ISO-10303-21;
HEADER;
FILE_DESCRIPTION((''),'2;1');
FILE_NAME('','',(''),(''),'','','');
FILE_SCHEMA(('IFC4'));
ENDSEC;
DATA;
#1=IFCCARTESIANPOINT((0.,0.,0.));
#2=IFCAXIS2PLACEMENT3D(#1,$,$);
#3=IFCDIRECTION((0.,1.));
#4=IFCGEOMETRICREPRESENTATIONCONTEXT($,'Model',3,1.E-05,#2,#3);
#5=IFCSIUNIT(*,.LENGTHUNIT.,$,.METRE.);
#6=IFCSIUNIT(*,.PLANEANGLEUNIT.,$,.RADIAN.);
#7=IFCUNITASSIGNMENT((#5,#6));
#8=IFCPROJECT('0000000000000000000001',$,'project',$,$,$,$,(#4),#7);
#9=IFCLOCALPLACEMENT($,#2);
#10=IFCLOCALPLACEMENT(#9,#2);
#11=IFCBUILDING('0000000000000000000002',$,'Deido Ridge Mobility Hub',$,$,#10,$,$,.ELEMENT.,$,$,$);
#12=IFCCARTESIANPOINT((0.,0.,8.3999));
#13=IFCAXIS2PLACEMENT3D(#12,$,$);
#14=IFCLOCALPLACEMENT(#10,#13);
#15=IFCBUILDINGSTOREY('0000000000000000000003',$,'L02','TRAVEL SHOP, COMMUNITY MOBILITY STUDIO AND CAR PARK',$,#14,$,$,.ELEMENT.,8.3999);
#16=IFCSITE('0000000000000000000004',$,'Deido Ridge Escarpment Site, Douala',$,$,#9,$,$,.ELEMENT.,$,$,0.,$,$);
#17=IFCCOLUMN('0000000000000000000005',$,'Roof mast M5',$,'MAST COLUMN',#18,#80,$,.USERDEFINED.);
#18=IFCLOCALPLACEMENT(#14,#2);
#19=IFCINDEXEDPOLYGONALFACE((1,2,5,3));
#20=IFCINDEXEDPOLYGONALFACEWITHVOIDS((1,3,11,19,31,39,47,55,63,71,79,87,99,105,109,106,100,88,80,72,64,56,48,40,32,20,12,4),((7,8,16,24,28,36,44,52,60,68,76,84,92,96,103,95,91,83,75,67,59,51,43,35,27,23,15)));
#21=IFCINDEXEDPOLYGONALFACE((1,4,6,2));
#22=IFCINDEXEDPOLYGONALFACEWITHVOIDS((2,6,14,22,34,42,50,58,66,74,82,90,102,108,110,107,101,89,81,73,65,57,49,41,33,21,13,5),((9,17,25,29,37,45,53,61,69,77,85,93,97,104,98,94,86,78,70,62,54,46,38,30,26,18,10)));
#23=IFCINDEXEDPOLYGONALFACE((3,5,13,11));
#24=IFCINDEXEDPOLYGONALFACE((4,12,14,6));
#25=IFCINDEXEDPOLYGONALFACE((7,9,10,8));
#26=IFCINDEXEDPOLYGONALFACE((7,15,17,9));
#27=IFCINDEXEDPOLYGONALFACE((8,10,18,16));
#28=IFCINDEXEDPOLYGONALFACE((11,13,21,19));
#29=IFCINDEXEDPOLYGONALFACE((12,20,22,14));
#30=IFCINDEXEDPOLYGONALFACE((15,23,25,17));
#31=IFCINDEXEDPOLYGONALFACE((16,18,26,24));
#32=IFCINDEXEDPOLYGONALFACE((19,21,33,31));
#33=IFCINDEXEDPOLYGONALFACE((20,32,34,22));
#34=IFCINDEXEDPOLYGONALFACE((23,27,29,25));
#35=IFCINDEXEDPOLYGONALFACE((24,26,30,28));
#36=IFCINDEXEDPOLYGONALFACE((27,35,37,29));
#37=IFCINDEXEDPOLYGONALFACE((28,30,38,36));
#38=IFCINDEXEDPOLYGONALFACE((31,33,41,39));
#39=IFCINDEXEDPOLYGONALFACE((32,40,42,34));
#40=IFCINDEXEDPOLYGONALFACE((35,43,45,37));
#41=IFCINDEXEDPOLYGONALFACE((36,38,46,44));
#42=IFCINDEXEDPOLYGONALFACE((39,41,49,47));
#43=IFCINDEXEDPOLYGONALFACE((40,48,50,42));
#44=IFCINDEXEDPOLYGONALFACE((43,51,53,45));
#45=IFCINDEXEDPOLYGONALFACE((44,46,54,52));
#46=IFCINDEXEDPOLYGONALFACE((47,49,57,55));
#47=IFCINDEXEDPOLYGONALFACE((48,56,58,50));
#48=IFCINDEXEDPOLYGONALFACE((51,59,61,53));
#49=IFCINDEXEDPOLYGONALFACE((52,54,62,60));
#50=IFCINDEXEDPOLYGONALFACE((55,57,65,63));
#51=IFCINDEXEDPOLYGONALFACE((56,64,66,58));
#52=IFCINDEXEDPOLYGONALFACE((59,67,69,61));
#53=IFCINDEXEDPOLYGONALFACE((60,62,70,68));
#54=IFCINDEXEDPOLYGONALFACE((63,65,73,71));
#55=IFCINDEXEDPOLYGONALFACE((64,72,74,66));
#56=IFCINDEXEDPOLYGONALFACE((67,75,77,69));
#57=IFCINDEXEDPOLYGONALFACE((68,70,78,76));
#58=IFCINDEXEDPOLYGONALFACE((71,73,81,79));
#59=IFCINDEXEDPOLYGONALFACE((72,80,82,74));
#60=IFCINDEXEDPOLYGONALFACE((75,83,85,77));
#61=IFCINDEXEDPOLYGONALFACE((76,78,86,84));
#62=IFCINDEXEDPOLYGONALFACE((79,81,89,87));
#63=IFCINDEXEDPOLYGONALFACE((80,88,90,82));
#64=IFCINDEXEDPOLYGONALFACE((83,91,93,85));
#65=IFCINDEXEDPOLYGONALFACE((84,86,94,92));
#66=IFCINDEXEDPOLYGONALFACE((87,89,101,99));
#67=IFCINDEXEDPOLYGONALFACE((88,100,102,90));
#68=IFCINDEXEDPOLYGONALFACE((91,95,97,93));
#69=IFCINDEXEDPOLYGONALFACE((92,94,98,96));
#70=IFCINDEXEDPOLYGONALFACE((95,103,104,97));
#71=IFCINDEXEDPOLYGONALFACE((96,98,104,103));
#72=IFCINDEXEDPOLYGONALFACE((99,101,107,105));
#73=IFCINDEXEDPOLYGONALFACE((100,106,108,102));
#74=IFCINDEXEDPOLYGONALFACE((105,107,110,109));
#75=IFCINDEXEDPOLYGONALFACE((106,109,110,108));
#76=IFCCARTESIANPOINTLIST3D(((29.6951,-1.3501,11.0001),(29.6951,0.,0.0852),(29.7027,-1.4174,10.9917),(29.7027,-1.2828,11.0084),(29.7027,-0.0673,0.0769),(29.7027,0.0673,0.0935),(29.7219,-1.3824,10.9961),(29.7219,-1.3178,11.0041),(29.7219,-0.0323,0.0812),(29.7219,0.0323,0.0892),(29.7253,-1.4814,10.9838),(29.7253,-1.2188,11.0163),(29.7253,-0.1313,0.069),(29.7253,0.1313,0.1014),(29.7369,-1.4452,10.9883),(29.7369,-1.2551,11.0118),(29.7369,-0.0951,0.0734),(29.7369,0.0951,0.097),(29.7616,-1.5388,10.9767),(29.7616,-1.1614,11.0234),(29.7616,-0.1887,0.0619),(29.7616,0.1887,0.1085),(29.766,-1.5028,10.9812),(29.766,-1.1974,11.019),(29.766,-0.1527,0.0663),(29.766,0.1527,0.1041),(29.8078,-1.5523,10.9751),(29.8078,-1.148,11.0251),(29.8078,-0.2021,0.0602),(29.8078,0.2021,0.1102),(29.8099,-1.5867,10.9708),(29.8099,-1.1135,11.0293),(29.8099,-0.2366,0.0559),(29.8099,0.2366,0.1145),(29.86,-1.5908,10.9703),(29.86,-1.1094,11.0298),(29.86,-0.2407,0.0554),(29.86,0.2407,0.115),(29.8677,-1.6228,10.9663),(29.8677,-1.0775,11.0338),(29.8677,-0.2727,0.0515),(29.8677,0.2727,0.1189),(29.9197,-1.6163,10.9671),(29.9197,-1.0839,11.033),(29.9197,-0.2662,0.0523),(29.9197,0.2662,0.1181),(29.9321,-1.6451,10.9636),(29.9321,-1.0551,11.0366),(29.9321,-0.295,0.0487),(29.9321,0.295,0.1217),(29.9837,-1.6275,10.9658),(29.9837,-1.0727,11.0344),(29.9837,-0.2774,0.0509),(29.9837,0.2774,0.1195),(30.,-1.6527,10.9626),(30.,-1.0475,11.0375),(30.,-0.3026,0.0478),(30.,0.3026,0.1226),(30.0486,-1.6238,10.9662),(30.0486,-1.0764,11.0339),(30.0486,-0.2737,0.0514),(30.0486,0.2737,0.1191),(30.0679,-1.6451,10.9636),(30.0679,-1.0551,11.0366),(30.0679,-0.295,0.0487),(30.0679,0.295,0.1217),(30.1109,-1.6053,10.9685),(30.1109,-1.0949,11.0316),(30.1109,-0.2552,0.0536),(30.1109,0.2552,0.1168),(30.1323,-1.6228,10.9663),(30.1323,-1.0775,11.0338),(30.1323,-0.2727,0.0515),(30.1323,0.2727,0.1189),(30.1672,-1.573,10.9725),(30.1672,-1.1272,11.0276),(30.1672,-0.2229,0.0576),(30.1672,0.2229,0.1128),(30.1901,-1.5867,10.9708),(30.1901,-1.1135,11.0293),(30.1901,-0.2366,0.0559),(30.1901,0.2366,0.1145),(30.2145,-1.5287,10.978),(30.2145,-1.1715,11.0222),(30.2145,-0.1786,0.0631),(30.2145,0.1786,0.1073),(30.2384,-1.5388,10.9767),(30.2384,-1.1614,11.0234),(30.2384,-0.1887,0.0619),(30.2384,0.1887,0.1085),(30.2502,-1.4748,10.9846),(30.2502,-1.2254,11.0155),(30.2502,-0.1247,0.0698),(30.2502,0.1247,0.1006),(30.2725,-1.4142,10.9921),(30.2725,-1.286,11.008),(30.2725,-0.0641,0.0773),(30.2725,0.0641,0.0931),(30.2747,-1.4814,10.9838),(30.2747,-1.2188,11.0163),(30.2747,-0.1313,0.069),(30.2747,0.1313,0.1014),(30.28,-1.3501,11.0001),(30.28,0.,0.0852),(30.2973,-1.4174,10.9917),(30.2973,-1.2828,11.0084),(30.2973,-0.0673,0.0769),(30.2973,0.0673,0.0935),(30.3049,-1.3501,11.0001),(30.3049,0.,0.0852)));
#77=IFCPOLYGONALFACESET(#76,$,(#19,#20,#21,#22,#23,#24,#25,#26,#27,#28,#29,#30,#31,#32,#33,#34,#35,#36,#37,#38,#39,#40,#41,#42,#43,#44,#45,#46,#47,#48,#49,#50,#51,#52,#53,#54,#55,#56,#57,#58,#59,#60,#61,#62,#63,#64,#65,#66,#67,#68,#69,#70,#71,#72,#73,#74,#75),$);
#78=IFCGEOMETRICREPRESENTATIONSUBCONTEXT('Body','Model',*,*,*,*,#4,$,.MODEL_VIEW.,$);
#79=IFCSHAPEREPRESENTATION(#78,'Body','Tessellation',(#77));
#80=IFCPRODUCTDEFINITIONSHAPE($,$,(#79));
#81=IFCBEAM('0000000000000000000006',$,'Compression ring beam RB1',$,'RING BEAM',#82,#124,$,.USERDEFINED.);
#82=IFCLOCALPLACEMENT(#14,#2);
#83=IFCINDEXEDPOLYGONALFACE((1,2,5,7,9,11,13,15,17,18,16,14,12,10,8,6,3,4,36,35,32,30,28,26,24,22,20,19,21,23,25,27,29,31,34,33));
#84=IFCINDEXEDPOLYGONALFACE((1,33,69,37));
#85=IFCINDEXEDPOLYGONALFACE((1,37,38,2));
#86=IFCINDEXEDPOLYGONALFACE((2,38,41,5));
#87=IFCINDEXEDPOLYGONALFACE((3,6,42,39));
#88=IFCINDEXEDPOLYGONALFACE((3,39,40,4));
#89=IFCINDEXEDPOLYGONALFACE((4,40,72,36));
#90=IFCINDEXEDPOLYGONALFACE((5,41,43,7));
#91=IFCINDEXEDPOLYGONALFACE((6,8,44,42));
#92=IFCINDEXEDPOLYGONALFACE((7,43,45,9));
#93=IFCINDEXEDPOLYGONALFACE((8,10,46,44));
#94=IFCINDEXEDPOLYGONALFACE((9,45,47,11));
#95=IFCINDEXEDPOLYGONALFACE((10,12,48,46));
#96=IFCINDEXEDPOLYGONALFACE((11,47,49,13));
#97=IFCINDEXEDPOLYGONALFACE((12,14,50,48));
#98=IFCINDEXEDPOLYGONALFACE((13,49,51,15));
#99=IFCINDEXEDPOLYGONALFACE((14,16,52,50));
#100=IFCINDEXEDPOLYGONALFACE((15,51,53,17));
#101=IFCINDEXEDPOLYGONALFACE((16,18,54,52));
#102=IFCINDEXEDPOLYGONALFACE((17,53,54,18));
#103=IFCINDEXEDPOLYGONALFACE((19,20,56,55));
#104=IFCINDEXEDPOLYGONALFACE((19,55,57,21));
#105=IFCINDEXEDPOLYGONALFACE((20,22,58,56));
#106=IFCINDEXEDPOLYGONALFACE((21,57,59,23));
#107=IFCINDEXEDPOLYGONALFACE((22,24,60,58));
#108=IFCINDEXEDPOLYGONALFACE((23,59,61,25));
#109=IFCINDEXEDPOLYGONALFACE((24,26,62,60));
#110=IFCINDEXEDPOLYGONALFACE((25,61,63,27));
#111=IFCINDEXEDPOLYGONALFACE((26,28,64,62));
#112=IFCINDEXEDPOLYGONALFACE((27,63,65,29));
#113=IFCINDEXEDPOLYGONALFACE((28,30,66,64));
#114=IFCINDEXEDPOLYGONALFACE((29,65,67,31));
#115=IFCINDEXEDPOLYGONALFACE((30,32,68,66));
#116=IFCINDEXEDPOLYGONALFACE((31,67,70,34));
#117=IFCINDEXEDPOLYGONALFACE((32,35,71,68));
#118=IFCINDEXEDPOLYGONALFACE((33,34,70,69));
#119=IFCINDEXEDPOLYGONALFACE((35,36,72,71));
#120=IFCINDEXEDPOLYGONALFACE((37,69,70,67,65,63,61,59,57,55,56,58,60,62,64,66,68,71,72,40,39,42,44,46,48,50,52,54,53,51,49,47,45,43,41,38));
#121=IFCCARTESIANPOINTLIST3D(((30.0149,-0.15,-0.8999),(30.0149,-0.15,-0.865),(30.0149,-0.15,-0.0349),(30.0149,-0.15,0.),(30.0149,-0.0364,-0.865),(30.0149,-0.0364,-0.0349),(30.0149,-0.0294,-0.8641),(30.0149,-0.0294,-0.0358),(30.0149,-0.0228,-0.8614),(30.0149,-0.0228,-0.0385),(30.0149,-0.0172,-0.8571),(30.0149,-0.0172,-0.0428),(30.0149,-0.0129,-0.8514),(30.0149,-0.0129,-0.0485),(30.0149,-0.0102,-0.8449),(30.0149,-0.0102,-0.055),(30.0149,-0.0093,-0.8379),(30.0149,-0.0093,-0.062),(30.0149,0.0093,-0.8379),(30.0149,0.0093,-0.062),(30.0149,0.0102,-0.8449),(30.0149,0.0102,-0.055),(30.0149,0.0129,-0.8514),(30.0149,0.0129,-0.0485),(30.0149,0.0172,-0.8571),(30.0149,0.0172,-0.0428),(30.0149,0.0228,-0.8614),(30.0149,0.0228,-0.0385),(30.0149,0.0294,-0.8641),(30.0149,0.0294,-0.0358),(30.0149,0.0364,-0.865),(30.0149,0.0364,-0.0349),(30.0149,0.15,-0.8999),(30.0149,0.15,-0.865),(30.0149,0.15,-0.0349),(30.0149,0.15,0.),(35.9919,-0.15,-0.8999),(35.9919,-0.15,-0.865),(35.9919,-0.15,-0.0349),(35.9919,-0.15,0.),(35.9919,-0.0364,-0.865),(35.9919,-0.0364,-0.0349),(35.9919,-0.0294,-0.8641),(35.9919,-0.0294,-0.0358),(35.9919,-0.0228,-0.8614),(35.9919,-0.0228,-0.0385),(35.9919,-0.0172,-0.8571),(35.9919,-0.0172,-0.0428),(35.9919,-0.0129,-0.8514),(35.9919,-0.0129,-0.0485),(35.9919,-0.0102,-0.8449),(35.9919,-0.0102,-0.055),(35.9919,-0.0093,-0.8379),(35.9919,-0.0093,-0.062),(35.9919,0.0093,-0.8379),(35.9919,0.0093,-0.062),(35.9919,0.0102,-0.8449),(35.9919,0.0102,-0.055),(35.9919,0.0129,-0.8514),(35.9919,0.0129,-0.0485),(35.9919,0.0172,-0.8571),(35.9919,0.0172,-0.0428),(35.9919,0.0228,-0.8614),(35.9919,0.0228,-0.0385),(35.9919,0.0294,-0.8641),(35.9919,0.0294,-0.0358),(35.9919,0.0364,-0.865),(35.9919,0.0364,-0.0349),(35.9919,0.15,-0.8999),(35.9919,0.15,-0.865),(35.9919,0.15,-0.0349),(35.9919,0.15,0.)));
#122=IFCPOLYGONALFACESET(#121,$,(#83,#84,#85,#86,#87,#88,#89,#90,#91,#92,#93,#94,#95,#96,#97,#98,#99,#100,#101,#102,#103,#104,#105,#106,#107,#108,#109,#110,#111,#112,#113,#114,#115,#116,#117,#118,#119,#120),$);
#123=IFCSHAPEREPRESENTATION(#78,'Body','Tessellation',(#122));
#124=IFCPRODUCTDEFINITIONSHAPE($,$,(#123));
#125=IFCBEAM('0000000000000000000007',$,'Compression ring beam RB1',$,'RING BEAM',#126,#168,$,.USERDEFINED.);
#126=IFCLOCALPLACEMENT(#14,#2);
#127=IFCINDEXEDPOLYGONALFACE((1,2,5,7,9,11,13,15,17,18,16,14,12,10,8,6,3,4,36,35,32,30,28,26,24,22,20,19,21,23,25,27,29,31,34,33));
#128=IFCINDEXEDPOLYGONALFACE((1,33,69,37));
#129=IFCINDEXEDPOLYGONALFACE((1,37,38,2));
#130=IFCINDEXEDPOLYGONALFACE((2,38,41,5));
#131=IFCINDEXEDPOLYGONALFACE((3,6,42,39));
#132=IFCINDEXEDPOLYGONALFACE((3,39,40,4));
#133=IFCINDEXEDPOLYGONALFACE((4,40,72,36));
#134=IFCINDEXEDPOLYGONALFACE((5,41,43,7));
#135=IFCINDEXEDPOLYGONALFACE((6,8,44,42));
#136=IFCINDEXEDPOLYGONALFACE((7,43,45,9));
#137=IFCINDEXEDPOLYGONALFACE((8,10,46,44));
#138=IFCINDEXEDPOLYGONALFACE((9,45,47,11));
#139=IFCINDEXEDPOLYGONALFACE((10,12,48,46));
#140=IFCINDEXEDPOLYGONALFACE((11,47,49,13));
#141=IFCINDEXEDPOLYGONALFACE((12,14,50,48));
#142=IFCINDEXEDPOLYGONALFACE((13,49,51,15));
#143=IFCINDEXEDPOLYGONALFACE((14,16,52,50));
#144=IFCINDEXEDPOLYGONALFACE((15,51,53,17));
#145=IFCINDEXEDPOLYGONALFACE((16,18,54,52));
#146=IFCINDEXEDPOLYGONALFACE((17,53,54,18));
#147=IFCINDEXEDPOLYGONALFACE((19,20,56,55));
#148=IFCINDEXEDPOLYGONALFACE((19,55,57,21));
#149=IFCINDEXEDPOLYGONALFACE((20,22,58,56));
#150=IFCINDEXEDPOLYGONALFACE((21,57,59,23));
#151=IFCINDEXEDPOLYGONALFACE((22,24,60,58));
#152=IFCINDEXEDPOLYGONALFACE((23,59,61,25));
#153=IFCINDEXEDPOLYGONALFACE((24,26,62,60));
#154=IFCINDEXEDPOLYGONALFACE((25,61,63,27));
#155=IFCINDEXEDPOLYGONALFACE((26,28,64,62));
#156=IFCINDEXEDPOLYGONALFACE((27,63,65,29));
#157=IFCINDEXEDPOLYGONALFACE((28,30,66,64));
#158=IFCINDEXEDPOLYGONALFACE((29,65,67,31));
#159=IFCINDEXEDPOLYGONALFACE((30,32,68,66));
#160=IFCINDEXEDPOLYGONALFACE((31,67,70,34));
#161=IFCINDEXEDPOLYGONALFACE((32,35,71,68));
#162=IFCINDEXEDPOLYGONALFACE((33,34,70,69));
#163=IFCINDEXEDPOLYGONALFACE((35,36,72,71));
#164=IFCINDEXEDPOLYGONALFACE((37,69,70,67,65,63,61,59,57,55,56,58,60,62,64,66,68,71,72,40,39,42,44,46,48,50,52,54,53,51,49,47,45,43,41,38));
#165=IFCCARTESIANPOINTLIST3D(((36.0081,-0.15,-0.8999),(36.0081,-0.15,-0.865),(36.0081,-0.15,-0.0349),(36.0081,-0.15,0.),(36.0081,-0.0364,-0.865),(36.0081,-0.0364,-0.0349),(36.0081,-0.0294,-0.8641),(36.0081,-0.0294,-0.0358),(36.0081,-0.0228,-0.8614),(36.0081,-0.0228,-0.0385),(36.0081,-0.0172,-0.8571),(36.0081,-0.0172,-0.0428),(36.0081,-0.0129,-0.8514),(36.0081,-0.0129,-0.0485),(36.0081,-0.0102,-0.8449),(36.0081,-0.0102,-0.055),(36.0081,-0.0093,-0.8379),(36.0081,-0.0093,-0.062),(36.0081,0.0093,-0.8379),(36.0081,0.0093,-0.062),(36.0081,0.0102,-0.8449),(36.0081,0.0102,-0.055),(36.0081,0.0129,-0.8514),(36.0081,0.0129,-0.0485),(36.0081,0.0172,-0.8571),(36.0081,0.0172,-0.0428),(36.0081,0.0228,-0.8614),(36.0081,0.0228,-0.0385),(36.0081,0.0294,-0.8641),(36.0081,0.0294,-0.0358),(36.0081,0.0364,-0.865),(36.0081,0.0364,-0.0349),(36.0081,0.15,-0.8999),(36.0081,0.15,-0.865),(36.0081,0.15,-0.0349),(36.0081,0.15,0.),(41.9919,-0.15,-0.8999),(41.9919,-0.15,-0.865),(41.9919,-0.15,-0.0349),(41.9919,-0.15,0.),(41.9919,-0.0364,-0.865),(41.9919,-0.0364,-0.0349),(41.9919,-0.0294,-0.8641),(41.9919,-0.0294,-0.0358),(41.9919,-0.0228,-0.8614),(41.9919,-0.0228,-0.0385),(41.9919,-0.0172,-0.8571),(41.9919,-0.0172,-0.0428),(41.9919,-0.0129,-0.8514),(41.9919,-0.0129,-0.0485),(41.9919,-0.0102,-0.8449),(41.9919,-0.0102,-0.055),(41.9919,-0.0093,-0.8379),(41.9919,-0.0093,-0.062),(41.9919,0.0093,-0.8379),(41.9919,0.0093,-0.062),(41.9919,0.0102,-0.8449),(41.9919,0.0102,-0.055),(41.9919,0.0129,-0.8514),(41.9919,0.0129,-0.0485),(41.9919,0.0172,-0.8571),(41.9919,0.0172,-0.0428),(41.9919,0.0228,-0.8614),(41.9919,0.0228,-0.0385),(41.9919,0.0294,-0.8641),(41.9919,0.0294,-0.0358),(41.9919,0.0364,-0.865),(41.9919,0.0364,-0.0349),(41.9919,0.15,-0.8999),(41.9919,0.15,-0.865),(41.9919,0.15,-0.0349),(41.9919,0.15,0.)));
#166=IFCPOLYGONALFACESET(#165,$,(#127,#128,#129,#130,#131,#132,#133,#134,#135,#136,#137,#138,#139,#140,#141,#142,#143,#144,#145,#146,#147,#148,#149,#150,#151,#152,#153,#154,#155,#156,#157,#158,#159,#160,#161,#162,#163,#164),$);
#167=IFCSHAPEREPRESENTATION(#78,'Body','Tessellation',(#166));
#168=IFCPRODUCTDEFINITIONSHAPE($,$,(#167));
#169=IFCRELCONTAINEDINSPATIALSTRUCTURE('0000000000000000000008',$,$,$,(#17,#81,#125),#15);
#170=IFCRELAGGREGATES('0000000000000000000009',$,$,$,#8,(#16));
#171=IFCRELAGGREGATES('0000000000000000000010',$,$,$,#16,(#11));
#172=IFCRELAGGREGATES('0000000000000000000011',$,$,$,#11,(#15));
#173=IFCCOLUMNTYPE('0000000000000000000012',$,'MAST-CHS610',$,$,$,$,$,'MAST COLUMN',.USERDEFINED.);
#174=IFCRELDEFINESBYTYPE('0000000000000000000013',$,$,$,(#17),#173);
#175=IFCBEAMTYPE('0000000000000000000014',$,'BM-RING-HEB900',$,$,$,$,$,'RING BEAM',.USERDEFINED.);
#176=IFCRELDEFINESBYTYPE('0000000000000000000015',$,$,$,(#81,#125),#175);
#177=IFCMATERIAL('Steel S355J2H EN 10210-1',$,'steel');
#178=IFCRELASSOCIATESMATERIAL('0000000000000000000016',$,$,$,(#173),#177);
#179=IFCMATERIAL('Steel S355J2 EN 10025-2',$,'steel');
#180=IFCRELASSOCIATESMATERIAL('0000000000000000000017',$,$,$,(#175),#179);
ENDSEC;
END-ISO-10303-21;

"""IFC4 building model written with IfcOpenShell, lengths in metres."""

from ifc_helpers import new_model, si_unit, direction, frame, origin, origin_2d, place, context, subcontext, project, spatial, hollow_circle, i_section, extrude, material, material_profile, profile_set, type_object, element, save


model = new_model("IFC4")

# Units and contexts
model_context = context("Model", 3, precision=1e-05, world=origin(), true_north=direction((0.0, 1.0)))
body_context = subcontext(model_context, "Body", "Model", "MODEL_VIEW")
ifc_project = project(units=[si_unit("LENGTHUNIT", "METRE"), si_unit("PLANEANGLEUNIT", "RADIAN")], contexts=[model_context])

# Site, building, storey
site_placement = place(None, origin())
site = spatial("IfcSite", under=ifc_project, at=site_placement, Name="Deido Ridge Escarpment Site, Douala", CompositionType="ELEMENT", RefElevation=0.0)
building_placement = place(site_placement, origin())
building = spatial("IfcBuilding", under=site, at=building_placement, Name="Deido Ridge Mobility Hub", CompositionType="ELEMENT")
storey_placement = place(building_placement, frame((0.0, 0.0, 8.3999)))
storey = spatial("IfcBuildingStorey", under=building, at=storey_placement, Name="L02", Description="TRAVEL SHOP, COMMUNITY MOBILITY STUDIO AND CAR PARK", CompositionType="ELEMENT", Elevation=8.3999)

# Column
ifc_material_1 = material(Name="Steel S355J2H EN 10210-1", Category="steel")
ifc_material_profile_1 = material_profile(ifc_material_1, hollow_circle(Radius=0.3049, WallThickness=0.0249, at=origin_2d()), Name="CHS 610x25")
ifc_profile_set_1 = profile_set([ifc_material_profile_1], Name="Steel S355J2H EN 10210-1")
column_type = type_object("IfcColumnType", Name="MAST-CHS610", ElementType="MAST COLUMN", PredefinedType="USERDEFINED", material=ifc_profile_set_1)
column_placement = place(storey_placement, frame((30.0, 0.0, 0.0852), z_axis=(0.0, -0.122759, 0.992437), x_axis=(1.0, 0.0, 0.0)))
element("IfcColumn", 1, at=column_placement, inside=storey, type_object=column_type, Name="Roof mast M5", ObjectType="MAST COLUMN", PredefinedType="USERDEFINED", context=body_context, shape_type="SweptSolid", body=[
    extrude(hollow_circle(Radius=0.3049, WallThickness=0.0249, at=origin_2d()), origin(), (0.0, 0.0, 1.0), 10.998),
])

# Beams
ifc_material_2 = material(Name="Steel S355J2 EN 10025-2", Category="steel")
ifc_material_profile_2 = material_profile(ifc_material_2, i_section(OverallWidth=0.3, OverallDepth=0.8999, WebThickness=0.0186, FlangeThickness=0.0349, FilletRadius=0.0271, at=origin_2d()), Name="HEB 900")
ifc_profile_set_2 = profile_set([ifc_material_profile_2], Name="Steel S355J2 EN 10025-2")
beam_type_1 = type_object("IfcBeamType", Name="BM-RING-HEB900", ElementType="RING BEAM", PredefinedType="USERDEFINED", material=ifc_profile_set_2)
beam_1_placement = place(storey_placement, frame((30.0149, 0.0, -0.45), z_axis=(1.0, 0.0, 0.0), x_axis=(0.0, 1.0, 0.0)))
element("IfcBeam", 2, at=beam_1_placement, inside=storey, type_object=beam_type_1, Name="Compression ring beam RB1", ObjectType="RING BEAM", PredefinedType="USERDEFINED", context=body_context, shape_type="SweptSolid", body=[
    extrude(i_section(OverallWidth=0.3, OverallDepth=0.8999, WebThickness=0.0186, FlangeThickness=0.0349, FilletRadius=0.0271, at=origin_2d()), origin(), (0.0, 0.0, 1.0), 5.9771),
])
beam_2_placement = place(storey_placement, frame((36.0081, 0.0, -0.45), z_axis=(1.0, 0.0, 0.0), x_axis=(0.0, 1.0, 0.0)))
element("IfcBeam", 3, at=beam_2_placement, inside=storey, type_object=beam_type_1, Name="Compression ring beam RB1", ObjectType="RING BEAM", PredefinedType="USERDEFINED", context=body_context, shape_type="SweptSolid", body=[
    extrude(i_section(OverallWidth=0.3, OverallDepth=0.8999, WebThickness=0.0186, FlangeThickness=0.0349, FilletRadius=0.0271, at=origin_2d()), origin(), (0.0, 0.0, 1.0), 5.9839),
])

save(model, "model.ifc")
